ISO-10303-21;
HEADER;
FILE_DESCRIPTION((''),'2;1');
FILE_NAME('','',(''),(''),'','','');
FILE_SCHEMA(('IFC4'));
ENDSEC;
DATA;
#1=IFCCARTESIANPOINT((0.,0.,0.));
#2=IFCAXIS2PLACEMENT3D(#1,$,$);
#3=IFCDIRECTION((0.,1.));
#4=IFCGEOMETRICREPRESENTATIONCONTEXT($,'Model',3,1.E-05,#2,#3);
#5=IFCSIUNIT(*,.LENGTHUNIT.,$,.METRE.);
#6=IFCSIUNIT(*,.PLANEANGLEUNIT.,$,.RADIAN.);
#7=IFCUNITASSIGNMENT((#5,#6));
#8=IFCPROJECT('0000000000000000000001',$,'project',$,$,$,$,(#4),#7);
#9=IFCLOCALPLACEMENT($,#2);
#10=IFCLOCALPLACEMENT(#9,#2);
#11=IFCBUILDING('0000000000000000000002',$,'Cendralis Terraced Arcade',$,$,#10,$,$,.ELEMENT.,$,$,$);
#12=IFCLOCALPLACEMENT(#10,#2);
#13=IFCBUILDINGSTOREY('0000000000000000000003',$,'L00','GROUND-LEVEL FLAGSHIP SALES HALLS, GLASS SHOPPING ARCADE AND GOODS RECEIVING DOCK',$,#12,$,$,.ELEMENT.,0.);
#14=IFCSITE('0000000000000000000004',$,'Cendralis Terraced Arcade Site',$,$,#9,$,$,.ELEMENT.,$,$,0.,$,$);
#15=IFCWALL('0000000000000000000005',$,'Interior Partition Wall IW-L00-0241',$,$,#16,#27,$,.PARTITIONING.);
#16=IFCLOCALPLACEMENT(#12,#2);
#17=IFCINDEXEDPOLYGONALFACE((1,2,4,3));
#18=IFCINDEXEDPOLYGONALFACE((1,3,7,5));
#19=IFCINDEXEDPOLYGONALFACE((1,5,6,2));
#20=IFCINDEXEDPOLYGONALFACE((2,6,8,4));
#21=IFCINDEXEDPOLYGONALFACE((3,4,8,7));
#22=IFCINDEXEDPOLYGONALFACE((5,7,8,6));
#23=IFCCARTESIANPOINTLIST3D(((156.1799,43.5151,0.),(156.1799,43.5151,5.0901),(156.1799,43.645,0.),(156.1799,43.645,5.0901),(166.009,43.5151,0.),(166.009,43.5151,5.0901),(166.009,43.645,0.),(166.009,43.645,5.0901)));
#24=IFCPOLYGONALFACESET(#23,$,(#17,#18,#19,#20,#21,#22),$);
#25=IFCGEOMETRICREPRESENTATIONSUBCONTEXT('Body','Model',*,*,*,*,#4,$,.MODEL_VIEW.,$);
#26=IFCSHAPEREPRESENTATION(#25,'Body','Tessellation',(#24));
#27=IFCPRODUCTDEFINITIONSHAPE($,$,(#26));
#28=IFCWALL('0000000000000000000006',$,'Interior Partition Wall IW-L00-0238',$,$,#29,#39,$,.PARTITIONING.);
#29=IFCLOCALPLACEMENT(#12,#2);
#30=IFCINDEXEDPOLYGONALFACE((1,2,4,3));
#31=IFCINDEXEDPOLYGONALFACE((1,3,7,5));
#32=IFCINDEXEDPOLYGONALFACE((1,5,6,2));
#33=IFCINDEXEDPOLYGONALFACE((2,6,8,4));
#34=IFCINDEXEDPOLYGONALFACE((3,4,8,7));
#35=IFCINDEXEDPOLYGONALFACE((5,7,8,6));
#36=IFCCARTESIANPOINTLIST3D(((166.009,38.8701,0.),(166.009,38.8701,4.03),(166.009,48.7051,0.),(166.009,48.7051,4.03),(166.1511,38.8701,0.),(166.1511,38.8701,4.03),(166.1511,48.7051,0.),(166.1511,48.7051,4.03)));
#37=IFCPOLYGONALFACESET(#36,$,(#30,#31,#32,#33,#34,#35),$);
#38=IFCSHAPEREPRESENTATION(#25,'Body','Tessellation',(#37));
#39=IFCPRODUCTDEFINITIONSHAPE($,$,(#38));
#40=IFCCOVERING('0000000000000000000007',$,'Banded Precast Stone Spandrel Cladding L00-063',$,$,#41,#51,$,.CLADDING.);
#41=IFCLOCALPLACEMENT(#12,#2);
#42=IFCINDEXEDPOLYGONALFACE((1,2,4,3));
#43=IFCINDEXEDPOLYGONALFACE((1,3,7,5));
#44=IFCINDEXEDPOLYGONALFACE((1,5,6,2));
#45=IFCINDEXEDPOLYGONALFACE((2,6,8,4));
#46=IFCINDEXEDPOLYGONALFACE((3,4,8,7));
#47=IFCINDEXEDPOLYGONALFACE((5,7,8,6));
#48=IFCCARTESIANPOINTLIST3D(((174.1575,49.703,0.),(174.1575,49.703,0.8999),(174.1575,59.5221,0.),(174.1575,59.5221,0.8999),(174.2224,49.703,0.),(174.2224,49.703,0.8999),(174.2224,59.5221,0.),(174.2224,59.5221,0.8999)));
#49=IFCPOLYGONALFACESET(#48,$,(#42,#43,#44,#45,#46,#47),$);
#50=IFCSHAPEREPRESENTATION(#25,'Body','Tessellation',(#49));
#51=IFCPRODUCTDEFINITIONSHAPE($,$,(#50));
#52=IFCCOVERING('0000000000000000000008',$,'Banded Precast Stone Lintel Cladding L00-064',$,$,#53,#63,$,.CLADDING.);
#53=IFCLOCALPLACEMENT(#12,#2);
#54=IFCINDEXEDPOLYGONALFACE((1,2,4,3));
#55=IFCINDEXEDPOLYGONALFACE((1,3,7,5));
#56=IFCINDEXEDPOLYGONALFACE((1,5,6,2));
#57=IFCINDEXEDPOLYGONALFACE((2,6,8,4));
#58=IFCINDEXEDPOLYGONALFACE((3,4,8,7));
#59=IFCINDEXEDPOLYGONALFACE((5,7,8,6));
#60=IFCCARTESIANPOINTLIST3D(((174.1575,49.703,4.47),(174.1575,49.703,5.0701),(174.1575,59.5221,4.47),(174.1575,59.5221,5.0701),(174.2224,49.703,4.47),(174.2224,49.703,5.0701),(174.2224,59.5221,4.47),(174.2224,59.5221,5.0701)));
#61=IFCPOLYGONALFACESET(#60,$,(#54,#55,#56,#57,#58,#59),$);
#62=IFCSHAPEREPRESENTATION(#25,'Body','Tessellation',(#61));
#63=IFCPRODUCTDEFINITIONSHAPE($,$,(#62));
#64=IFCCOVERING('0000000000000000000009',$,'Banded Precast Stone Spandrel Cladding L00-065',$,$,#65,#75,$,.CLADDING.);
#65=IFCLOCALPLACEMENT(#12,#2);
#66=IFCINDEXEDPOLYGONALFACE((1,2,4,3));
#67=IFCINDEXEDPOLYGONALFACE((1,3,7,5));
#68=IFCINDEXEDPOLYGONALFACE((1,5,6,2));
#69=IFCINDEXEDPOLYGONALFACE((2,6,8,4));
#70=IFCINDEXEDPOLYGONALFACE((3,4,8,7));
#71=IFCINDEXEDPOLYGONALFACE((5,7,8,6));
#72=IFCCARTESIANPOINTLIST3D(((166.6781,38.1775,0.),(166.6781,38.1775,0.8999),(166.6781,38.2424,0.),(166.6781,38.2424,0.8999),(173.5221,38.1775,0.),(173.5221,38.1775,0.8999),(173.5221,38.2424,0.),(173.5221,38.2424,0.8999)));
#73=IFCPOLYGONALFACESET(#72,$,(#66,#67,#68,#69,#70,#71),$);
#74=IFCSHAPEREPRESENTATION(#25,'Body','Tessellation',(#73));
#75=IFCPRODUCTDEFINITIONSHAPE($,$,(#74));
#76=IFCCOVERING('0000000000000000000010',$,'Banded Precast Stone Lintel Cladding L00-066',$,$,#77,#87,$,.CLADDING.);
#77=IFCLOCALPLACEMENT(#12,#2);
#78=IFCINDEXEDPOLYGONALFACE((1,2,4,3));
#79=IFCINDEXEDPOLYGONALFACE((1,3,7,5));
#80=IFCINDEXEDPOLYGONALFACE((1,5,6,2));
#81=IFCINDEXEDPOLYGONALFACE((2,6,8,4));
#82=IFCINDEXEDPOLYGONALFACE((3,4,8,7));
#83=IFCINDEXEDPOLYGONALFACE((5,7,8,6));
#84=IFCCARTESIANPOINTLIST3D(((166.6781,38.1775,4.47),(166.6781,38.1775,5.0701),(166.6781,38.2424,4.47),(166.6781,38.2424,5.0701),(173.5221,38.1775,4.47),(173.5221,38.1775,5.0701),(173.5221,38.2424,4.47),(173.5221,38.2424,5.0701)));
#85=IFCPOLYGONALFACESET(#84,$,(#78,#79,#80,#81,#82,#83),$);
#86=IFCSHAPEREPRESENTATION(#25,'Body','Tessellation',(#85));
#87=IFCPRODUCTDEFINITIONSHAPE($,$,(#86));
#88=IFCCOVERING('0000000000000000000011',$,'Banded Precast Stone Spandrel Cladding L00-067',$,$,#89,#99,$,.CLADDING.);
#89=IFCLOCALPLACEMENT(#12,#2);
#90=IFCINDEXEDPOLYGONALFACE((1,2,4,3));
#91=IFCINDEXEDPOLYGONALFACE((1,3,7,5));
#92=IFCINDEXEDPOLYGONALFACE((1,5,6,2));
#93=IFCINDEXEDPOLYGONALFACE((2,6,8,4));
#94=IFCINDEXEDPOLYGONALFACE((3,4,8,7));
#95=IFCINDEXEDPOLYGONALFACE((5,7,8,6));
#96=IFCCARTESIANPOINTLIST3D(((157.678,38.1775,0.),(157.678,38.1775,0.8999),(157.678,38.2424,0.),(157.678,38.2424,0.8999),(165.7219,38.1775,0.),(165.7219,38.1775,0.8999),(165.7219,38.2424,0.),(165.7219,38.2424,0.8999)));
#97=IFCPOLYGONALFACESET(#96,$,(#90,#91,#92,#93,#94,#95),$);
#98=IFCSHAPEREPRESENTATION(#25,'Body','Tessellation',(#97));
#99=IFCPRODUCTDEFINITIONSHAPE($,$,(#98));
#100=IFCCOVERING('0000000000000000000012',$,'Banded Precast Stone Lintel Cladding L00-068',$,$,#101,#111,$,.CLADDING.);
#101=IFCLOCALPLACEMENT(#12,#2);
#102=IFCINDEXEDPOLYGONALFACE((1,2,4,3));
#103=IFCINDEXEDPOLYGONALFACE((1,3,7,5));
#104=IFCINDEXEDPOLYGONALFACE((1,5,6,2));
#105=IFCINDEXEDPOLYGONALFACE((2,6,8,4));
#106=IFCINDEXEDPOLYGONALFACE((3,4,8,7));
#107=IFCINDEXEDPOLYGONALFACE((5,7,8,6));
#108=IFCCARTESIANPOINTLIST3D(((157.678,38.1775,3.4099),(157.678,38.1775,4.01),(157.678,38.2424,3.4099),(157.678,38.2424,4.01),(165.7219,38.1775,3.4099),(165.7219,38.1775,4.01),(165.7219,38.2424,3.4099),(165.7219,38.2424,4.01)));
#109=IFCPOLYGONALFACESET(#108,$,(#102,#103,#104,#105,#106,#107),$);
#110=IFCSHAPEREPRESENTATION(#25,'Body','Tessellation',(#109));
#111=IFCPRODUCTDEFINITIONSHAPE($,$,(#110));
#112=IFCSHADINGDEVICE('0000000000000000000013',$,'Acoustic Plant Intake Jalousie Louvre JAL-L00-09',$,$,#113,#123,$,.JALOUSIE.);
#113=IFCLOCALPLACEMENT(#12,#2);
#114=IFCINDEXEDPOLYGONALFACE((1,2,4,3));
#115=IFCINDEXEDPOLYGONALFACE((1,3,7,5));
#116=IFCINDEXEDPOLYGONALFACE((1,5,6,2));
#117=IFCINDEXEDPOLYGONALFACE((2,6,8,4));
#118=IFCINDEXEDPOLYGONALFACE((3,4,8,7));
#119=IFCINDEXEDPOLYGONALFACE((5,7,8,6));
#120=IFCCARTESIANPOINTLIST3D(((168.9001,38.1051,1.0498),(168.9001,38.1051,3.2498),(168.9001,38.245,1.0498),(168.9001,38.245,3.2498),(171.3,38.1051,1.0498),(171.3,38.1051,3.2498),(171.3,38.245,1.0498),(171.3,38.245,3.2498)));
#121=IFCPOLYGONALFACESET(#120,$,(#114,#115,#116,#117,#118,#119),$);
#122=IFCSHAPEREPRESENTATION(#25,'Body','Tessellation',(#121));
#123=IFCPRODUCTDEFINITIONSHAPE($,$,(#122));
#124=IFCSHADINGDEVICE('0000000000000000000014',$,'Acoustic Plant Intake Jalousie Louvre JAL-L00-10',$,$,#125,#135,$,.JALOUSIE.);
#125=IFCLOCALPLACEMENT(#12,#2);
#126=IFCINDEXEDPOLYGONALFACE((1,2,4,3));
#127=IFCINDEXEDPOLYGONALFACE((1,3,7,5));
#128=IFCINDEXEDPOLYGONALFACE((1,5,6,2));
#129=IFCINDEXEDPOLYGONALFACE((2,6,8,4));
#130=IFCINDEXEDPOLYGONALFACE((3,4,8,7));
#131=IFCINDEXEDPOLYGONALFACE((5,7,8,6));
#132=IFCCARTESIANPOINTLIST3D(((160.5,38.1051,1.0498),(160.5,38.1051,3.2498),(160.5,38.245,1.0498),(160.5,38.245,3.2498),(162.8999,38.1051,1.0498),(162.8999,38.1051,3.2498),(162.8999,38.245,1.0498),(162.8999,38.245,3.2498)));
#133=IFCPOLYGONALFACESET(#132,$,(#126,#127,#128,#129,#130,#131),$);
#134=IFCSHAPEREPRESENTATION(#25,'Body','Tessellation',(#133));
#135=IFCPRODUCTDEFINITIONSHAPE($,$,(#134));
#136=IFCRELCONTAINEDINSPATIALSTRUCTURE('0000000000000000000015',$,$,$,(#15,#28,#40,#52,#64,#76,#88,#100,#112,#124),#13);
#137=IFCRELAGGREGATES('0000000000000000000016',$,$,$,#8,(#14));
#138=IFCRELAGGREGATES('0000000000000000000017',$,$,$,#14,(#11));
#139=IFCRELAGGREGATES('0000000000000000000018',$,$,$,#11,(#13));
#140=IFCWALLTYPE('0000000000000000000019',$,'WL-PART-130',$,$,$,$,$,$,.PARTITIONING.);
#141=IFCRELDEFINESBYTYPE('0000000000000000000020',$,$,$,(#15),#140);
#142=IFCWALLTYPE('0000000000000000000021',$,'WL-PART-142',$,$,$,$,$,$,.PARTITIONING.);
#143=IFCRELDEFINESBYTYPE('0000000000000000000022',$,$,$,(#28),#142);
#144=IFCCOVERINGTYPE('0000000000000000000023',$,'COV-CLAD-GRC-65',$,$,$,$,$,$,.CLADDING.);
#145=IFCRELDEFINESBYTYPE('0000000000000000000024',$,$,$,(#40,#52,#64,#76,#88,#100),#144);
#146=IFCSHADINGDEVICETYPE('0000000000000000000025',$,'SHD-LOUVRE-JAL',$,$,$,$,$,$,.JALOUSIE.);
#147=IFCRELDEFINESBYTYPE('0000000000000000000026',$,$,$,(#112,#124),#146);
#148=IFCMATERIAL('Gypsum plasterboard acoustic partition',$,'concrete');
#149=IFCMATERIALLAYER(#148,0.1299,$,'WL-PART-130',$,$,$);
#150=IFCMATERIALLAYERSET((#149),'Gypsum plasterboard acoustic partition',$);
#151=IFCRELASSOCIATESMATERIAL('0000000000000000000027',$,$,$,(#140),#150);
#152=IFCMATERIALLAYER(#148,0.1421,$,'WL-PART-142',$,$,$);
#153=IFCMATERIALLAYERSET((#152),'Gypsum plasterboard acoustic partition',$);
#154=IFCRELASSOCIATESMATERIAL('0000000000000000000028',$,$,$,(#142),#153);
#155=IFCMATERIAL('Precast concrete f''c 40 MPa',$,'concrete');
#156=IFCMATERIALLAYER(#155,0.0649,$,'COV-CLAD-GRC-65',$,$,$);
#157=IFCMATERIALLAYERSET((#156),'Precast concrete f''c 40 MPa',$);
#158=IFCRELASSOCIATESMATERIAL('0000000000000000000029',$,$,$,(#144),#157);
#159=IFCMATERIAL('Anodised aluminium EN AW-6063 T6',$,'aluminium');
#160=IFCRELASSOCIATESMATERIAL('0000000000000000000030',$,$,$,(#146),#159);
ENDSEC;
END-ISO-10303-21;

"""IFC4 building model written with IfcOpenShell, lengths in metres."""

from ifc_helpers import new_model, si_unit, direction, frame, frame_2d, origin, origin_2d, place, context, subcontext, project, spatial, rectangle, extrude, material, layer, layer_set, type_object, element, save


model = new_model("IFC4")

# Units and contexts
model_context = context("Model", 3, precision=1e-05, world=origin(), true_north=direction((0.0, 1.0)))
body_context = subcontext(model_context, "Body", "Model", "MODEL_VIEW")
ifc_project = project(units=[si_unit("LENGTHUNIT", "METRE"), si_unit("PLANEANGLEUNIT", "RADIAN")], contexts=[model_context])

# Site, building, storey
site_placement = place(None, origin())
site = spatial("IfcSite", under=ifc_project, at=site_placement, Name="Cendralis Terraced Arcade Site", CompositionType="ELEMENT", RefElevation=0.0)
building_placement = place(site_placement, origin())
building = spatial("IfcBuilding", under=site, at=building_placement, Name="Cendralis Terraced Arcade", CompositionType="ELEMENT")
storey_placement = place(building_placement, origin())
storey = spatial("IfcBuildingStorey", under=building, at=storey_placement, Name="L00", Description="GROUND-LEVEL FLAGSHIP SALES HALLS, GLASS SHOPPING ARCADE AND GOODS RECEIVING DOCK", CompositionType="ELEMENT", Elevation=0.0)

# Shared definitions
ifc_material_1 = material(Name="Precast concrete f'c 40 MPa", Category="concrete")

# Walls
ifc_material_2 = material(Name="Gypsum plasterboard acoustic partition", Category="concrete")
ifc_layer_1 = layer(ifc_material_2, 0.1299, Name="WL-PART-130")
ifc_layer_set_1 = layer_set([ifc_layer_1], Name="Gypsum plasterboard acoustic partition")
wall_type_1 = type_object("IfcWallType", Name="WL-PART-130", PredefinedType="PARTITIONING", material=ifc_layer_set_1)
wall_1_placement = place(storey_placement, frame((166.009, 43.5801, 0.0), z_axis=(0.0, 0.0, 1.0), x_axis=(-1.0, 0.0, 0.0)))
element("IfcWall", 1, at=wall_1_placement, inside=storey, type_object=wall_type_1, Name="Interior Partition Wall IW-L00-0241", PredefinedType="PARTITIONING", context=body_context, shape_type="SweptSolid", body=[
    extrude(rectangle(XDim=9.8291, YDim=0.1299, at=frame_2d((4.9146, 0.0))), origin(), (0.0, 0.0, 1.0), 5.0901),
])
ifc_layer_2 = layer(ifc_material_2, 0.1421, Name="WL-PART-142")
ifc_layer_set_2 = layer_set([ifc_layer_2], Name="Gypsum plasterboard acoustic partition")
wall_type_2 = type_object("IfcWallType", Name="WL-PART-142", PredefinedType="PARTITIONING", material=ifc_layer_set_2)
wall_2_placement = place(storey_placement, frame((166.0801, 48.7051, 0.0), z_axis=(0.0, 0.0, 1.0), x_axis=(0.0, -1.0, 0.0)))
element("IfcWall", 2, at=wall_2_placement, inside=storey, type_object=wall_type_2, Name="Interior Partition Wall IW-L00-0238", PredefinedType="PARTITIONING", context=body_context, shape_type="SweptSolid", body=[
    extrude(rectangle(XDim=9.835, YDim=0.1421, at=frame_2d((4.9175, 0.0))), origin(), (0.0, 0.0, 1.0), 4.03),
])

# Coverings
ifc_layer_3 = layer(ifc_material_1, 0.0649, Name="COV-CLAD-GRC-65")
ifc_layer_set_3 = layer_set([ifc_layer_3], Name="Precast concrete f'c 40 MPa")
covering_type = type_object("IfcCoveringType", Name="COV-CLAD-GRC-65", PredefinedType="CLADDING", material=ifc_layer_set_3)
covering_1_placement = place(storey_placement, frame((174.1899, 54.6125, 0.0), z_axis=(0.0, 0.0, 1.0), x_axis=(0.0, -1.0, 0.0)))
element("IfcCovering", 3, at=covering_1_placement, inside=storey, type_object=covering_type, Name="Banded Precast Stone Spandrel Cladding L00-063", PredefinedType="CLADDING", context=body_context, shape_type="SweptSolid", body=[
    extrude(rectangle(XDim=9.8191, YDim=0.0649, at=origin_2d()), origin(), (0.0, 0.0, 1.0), 0.8999),
])
covering_2_placement = place(storey_placement, frame((174.1899, 54.6125, 4.47), z_axis=(0.0, 0.0, 1.0), x_axis=(0.0, -1.0, 0.0)))
element("IfcCovering", 4, at=covering_2_placement, inside=storey, type_object=covering_type, Name="Banded Precast Stone Lintel Cladding L00-064", PredefinedType="CLADDING", context=body_context, shape_type="SweptSolid", body=[
    extrude(rectangle(XDim=9.8191, YDim=0.0649, at=origin_2d()), origin(), (0.0, 0.0, 1.0), 0.6001),
])
covering_3_placement = place(storey_placement, frame((170.1001, 38.21, 0.0), z_axis=(0.0, 0.0, 1.0), x_axis=(-1.0, 0.0, 0.0)))
element("IfcCovering", 5, at=covering_3_placement, inside=storey, type_object=covering_type, Name="Banded Precast Stone Spandrel Cladding L00-065", PredefinedType="CLADDING", context=body_context, shape_type="SweptSolid", body=[
    extrude(rectangle(XDim=6.844, YDim=0.0649, at=origin_2d()), origin(), (0.0, 0.0, 1.0), 0.8999),
])
covering_4_placement = place(storey_placement, frame((170.1001, 38.21, 4.47), z_axis=(0.0, 0.0, 1.0), x_axis=(-1.0, 0.0, 0.0)))
element("IfcCovering", 6, at=covering_4_placement, inside=storey, type_object=covering_type, Name="Banded Precast Stone Lintel Cladding L00-066", PredefinedType="CLADDING", context=body_context, shape_type="SweptSolid", body=[
    extrude(rectangle(XDim=6.844, YDim=0.0649, at=origin_2d()), origin(), (0.0, 0.0, 1.0), 0.6001),
])
covering_5_placement = place(storey_placement, frame((161.7, 38.21, 0.0), z_axis=(0.0, 0.0, 1.0), x_axis=(-1.0, 0.0, 0.0)))
element("IfcCovering", 7, at=covering_5_placement, inside=storey, type_object=covering_type, Name="Banded Precast Stone Spandrel Cladding L00-067", PredefinedType="CLADDING", context=body_context, shape_type="SweptSolid", body=[
    extrude(rectangle(XDim=8.0439, YDim=0.0649, at=origin_2d()), origin(), (0.0, 0.0, 1.0), 0.8999),
])
covering_6_placement = place(storey_placement, frame((161.7, 38.21, 3.4099), z_axis=(0.0, 0.0, 1.0), x_axis=(-1.0, 0.0, 0.0)))
element("IfcCovering", 8, at=covering_6_placement, inside=storey, type_object=covering_type, Name="Banded Precast Stone Lintel Cladding L00-068", PredefinedType="CLADDING", context=body_context, shape_type="SweptSolid", body=[
    extrude(rectangle(XDim=8.0439, YDim=0.0649, at=origin_2d()), origin(), (0.0, 0.0, 1.0), 0.6001),
])

# Shading devices
ifc_material_3 = material(Name="Anodised aluminium EN AW-6063 T6", Category="aluminium")
shading_device_type = type_object("IfcShadingDeviceType", Name="SHD-LOUVRE-JAL", PredefinedType="JALOUSIE", material=ifc_material_3)
for number, where, z_axis, x_axis, name in (
    (9, (170.1001, 38.175, 1.0498), (0.0, 0.0, 1.0), (-1.0, 0.0, 0.0), "Acoustic Plant Intake Jalousie Louvre JAL-L00-09"),
    (10, (161.7, 38.175, 1.0498), (0.0, 0.0, 1.0), (-1.0, 0.0, 0.0), "Acoustic Plant Intake Jalousie Louvre JAL-L00-10"),
):
    element("IfcShadingDevice", number, at=place(storey_placement, frame(where, z_axis=z_axis, x_axis=x_axis)), inside=storey, type_object=shading_device_type, Name=name, PredefinedType="JALOUSIE", context=body_context, shape_type="SweptSolid", body=[
        extrude(rectangle(XDim=2.3999, YDim=0.1399, at=origin_2d()), origin(), (0.0, 0.0, 1.0), 2.2),
    ])

save(model, "model.ifc")
